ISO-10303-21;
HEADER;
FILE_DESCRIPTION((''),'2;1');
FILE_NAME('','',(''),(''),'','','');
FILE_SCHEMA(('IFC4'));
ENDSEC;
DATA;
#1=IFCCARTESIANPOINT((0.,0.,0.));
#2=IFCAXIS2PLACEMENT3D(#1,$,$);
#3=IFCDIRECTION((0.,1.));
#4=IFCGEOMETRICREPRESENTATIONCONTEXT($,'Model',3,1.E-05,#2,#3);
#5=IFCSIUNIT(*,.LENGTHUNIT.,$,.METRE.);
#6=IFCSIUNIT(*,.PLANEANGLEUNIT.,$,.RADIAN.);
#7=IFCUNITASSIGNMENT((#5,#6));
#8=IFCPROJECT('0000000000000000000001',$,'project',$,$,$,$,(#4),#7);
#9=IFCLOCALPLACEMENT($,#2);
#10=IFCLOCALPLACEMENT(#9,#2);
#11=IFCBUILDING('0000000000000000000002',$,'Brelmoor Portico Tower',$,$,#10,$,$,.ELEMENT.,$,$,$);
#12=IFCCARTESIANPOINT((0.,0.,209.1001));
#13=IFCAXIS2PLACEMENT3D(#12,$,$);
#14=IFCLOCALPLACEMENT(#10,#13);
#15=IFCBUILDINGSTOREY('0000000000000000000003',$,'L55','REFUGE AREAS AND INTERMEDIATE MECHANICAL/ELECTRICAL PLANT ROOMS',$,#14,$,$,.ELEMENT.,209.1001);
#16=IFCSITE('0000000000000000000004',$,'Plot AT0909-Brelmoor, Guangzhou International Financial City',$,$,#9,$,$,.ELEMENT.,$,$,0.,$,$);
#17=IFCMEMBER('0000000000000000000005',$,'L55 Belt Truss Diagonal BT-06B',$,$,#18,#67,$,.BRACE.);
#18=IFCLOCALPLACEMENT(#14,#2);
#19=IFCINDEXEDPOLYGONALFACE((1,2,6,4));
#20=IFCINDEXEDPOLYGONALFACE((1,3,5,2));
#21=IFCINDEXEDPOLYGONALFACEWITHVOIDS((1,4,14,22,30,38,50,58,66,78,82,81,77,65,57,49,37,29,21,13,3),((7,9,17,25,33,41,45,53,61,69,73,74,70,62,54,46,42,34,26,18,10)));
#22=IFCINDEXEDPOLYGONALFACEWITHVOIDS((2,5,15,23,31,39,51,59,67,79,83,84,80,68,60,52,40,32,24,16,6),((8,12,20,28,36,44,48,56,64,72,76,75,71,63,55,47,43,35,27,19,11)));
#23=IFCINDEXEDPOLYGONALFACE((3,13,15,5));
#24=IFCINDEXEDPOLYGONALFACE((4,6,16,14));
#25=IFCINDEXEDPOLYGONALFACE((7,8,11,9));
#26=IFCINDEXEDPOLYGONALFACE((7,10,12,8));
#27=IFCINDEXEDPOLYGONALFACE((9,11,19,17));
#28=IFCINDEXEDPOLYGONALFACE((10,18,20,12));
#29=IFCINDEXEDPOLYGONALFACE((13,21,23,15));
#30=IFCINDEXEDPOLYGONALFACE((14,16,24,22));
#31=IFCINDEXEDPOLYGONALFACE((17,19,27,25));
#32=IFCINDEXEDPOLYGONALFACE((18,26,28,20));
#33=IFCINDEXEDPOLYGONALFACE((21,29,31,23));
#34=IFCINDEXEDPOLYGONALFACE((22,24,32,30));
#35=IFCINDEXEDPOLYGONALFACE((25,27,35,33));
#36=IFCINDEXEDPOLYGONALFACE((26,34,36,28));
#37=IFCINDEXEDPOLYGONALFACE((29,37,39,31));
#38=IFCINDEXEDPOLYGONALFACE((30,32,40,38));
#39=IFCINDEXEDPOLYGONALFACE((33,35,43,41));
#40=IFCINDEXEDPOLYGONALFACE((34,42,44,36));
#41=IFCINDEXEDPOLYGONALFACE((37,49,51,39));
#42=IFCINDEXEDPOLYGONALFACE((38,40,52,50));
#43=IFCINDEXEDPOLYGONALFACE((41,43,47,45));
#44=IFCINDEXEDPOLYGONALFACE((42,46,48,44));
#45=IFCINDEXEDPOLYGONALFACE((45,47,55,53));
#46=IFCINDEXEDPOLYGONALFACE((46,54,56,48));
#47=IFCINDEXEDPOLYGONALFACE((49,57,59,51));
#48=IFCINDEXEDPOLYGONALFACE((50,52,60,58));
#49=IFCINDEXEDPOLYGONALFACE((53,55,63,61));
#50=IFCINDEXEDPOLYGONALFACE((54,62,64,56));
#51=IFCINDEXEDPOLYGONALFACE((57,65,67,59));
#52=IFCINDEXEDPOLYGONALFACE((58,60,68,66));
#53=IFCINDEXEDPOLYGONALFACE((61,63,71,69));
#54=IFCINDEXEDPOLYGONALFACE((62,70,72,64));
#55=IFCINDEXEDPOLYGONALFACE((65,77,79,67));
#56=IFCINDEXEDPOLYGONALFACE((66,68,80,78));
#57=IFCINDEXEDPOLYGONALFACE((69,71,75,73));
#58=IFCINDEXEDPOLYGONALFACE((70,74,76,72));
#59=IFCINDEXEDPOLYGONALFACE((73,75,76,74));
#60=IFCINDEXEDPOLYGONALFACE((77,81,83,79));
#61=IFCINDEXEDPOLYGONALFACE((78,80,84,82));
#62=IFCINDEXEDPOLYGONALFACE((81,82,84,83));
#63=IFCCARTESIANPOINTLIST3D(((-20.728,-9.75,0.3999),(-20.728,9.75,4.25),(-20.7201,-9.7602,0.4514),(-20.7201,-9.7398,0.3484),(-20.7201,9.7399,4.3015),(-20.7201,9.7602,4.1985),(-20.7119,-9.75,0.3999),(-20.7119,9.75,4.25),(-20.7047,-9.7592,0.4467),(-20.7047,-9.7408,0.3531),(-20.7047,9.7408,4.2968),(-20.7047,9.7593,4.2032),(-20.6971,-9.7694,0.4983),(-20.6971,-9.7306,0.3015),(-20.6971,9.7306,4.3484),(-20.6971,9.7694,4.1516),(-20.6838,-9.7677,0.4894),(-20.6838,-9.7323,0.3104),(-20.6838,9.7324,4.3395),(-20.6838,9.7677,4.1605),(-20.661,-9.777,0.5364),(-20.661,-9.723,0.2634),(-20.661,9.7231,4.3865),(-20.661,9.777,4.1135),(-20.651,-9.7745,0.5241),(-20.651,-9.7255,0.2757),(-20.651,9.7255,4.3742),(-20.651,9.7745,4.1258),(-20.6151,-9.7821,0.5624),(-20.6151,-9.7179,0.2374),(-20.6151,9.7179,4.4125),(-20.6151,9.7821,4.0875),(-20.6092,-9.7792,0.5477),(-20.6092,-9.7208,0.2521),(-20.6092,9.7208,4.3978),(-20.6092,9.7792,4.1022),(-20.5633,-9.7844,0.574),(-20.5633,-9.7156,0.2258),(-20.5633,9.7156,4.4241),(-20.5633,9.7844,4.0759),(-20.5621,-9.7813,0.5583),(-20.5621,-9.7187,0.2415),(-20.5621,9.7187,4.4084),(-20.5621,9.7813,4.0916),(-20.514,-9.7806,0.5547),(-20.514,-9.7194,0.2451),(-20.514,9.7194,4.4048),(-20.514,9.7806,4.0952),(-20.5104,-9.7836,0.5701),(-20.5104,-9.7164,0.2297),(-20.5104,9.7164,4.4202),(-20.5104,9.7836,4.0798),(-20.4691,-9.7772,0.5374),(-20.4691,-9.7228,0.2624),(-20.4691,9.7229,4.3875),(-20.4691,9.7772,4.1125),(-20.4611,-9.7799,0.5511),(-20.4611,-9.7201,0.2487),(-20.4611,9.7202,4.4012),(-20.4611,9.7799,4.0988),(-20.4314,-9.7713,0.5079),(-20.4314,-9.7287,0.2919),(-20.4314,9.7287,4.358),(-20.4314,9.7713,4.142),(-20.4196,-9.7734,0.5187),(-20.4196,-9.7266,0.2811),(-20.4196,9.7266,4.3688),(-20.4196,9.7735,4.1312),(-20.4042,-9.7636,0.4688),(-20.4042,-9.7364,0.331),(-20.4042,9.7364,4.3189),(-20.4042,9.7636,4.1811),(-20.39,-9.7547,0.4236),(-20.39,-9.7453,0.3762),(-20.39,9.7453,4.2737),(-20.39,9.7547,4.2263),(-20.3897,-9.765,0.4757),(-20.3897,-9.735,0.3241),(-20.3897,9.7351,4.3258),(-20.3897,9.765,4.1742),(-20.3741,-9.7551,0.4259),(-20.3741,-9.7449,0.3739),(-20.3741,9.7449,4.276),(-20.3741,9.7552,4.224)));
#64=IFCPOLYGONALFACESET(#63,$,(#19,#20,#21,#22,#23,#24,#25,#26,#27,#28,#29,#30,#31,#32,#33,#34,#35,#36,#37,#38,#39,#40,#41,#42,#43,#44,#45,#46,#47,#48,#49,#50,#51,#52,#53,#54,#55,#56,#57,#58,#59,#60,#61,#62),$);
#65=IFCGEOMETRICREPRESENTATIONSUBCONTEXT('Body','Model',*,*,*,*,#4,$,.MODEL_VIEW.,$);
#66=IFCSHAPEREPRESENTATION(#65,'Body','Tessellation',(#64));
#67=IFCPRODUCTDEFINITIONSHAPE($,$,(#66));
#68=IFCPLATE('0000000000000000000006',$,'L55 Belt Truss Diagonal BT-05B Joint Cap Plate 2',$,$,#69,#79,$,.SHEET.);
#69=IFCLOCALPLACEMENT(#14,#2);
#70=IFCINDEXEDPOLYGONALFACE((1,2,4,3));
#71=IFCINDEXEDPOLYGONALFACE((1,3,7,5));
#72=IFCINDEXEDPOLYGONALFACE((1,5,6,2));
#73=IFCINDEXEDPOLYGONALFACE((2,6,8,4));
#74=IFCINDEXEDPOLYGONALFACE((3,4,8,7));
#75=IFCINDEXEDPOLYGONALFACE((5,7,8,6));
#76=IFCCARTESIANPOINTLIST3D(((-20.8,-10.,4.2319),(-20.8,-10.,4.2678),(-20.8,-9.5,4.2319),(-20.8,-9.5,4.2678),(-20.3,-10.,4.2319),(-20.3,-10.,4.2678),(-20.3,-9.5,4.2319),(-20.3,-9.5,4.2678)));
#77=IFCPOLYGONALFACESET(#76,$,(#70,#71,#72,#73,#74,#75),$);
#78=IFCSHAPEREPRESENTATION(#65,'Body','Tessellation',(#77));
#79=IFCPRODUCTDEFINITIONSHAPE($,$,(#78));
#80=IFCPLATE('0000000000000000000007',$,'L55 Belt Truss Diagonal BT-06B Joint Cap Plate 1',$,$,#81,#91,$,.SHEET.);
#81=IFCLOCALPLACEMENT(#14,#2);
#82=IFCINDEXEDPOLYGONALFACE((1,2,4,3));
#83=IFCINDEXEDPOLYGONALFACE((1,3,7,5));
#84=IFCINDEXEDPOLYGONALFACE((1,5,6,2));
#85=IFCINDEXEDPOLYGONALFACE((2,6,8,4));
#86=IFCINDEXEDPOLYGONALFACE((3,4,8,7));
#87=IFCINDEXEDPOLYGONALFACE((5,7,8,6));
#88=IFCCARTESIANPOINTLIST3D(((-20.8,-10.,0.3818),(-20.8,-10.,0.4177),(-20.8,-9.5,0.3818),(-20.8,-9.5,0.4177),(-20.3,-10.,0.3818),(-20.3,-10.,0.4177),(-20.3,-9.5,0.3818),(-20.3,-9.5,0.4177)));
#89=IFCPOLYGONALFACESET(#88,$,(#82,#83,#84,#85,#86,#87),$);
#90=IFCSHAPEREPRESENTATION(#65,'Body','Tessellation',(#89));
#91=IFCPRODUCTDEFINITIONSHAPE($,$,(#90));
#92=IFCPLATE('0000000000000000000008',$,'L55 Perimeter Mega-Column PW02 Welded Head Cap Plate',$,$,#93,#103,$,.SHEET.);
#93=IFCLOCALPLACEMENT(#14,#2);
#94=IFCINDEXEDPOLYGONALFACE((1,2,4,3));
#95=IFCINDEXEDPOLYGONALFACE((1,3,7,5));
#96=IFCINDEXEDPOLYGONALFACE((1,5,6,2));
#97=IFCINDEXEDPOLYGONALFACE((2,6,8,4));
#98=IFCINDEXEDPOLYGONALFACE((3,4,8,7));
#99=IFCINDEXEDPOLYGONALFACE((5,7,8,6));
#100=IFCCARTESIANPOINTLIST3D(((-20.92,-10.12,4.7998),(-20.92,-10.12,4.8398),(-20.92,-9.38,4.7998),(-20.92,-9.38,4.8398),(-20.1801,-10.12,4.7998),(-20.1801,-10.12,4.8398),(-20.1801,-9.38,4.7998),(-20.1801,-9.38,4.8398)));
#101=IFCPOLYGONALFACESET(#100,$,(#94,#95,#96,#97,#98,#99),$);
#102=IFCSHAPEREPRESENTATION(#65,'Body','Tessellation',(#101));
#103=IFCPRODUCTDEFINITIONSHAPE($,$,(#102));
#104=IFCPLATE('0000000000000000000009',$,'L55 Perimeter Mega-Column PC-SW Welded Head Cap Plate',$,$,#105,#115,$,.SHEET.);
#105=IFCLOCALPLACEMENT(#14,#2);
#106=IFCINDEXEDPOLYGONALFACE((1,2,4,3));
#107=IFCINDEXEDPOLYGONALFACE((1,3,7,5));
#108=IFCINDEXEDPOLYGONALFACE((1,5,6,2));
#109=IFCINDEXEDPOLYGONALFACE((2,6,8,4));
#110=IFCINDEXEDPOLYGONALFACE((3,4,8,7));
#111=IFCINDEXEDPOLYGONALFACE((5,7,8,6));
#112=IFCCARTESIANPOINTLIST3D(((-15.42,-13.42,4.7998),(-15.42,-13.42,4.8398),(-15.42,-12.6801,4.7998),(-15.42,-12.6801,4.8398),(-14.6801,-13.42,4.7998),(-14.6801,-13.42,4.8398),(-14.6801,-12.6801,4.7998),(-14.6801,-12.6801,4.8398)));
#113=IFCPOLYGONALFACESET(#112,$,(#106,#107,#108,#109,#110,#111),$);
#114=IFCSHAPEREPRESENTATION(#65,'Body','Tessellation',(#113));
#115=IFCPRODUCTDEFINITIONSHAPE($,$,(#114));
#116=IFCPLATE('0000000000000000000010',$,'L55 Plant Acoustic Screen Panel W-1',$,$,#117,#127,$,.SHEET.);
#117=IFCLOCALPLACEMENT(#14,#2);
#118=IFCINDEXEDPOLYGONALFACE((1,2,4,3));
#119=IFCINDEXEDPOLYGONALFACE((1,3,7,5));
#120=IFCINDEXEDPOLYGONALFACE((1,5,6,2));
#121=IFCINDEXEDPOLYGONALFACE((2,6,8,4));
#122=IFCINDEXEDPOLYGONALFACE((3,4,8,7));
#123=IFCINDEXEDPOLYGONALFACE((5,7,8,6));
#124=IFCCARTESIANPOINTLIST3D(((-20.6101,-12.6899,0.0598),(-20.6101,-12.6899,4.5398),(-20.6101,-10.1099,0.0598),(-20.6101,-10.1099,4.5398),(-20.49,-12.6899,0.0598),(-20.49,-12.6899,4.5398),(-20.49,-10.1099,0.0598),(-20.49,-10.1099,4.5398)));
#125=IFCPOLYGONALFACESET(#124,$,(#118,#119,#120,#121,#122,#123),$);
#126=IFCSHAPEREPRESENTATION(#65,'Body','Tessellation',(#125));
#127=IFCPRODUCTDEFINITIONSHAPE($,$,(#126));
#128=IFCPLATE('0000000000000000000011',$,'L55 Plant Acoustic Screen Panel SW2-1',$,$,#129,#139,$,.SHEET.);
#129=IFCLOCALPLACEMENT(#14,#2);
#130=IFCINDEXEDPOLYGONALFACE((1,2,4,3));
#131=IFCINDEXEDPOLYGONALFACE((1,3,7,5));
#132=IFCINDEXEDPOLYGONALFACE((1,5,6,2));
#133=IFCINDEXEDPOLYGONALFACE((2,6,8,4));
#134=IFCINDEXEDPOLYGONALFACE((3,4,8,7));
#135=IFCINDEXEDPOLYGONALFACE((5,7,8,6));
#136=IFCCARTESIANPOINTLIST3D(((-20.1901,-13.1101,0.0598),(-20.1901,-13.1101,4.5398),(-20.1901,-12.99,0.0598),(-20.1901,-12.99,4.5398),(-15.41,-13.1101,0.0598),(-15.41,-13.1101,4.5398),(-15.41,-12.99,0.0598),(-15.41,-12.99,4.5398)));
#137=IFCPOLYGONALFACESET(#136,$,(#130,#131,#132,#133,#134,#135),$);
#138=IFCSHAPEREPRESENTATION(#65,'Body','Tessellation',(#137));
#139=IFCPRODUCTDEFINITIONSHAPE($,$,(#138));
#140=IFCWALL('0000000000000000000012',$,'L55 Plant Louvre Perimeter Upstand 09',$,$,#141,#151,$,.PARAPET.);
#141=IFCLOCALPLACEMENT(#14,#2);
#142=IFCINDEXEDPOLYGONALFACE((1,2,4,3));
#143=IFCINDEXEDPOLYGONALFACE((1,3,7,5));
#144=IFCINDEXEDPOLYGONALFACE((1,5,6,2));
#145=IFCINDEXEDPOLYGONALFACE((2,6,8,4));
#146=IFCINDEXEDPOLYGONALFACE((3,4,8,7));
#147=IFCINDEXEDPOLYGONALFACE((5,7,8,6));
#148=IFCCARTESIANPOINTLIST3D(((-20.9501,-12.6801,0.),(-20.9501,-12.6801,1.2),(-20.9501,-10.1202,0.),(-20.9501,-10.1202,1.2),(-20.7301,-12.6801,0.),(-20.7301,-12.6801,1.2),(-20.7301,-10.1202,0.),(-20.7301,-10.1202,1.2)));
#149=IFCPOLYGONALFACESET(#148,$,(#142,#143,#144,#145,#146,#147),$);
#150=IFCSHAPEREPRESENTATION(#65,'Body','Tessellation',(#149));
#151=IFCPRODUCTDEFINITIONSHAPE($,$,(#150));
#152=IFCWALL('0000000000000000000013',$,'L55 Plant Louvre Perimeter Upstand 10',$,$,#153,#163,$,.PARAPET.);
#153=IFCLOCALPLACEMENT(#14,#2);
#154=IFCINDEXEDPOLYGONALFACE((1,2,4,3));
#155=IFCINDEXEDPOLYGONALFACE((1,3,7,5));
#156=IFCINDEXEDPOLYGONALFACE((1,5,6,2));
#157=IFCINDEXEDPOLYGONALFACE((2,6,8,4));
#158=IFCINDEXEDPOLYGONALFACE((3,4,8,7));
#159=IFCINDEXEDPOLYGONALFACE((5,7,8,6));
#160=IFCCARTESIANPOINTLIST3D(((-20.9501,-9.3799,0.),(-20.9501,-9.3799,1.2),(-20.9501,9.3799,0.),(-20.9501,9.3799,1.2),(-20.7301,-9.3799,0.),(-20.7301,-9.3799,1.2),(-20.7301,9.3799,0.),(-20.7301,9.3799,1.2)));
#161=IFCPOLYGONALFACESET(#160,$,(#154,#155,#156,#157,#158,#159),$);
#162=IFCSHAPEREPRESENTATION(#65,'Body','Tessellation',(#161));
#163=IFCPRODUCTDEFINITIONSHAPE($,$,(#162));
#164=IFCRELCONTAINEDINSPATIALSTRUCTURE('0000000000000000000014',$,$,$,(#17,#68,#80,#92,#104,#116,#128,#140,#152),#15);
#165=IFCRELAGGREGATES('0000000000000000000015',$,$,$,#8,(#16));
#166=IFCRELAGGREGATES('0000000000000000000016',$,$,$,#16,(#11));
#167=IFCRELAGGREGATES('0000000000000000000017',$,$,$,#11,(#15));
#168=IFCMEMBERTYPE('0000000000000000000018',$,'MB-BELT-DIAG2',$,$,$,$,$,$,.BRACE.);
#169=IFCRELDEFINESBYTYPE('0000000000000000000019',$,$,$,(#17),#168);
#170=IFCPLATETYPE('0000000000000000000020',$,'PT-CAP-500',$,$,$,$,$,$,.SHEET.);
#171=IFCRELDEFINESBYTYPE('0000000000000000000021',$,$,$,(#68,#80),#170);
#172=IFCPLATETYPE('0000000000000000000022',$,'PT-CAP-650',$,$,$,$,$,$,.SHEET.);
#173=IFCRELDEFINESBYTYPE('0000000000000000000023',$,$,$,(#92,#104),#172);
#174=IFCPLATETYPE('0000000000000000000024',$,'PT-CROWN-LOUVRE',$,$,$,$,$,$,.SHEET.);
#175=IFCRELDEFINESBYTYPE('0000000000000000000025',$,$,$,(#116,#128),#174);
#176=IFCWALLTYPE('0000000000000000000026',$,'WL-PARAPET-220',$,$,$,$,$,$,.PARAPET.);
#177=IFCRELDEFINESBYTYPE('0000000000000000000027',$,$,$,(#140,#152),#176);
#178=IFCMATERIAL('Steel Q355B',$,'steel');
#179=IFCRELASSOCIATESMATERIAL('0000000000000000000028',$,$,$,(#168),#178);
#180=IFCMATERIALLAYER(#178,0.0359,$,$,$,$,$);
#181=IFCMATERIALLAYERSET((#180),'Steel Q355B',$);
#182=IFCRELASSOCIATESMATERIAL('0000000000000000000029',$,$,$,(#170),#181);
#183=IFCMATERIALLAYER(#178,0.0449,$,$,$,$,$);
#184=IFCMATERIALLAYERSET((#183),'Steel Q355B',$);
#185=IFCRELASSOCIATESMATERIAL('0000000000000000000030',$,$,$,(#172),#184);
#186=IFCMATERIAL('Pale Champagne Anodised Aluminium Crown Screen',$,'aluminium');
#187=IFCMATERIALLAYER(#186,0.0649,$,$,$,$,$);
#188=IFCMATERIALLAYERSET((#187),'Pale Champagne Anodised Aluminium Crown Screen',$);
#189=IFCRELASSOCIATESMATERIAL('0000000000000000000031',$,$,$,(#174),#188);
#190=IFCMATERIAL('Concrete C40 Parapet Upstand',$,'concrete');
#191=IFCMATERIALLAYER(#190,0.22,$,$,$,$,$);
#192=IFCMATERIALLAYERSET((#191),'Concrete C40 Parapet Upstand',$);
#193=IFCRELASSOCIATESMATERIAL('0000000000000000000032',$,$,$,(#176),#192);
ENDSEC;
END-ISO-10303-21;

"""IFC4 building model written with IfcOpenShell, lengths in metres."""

from ifc_helpers import new_model, si_unit, direction, frame, frame_2d, origin, origin_2d, place, context, subcontext, project, spatial, rectangle, hollow_circle, extrude, material, layer, layer_set, material_profile, profile_set, type_object, element, save


model = new_model("IFC4")

# Units and contexts
model_context = context("Model", 3, precision=1e-05, world=origin(), true_north=direction((0.0, 1.0)))
body_context = subcontext(model_context, "Body", "Model", "MODEL_VIEW")
ifc_project = project(units=[si_unit("LENGTHUNIT", "METRE"), si_unit("PLANEANGLEUNIT", "RADIAN")], contexts=[model_context])

# Site, building, storey
site_placement = place(None, origin())
site = spatial("IfcSite", under=ifc_project, at=site_placement, Name="Plot AT0909-Brelmoor, Guangzhou International Financial City", CompositionType="ELEMENT", RefElevation=0.0)
building_placement = place(site_placement, origin())
building = spatial("IfcBuilding", under=site, at=building_placement, Name="Brelmoor Portico Tower", CompositionType="ELEMENT")
storey_placement = place(building_placement, frame((0.0, 0.0, 209.1001)))
storey = spatial("IfcBuildingStorey", under=building, at=storey_placement, Name="L55", Description="REFUGE AREAS AND INTERMEDIATE MECHANICAL/ELECTRICAL PLANT ROOMS", CompositionType="ELEMENT", Elevation=209.1001)

# Shared definitions
ifc_material_1 = material(Name="Steel Q355B", Category="steel")

# Member
ifc_material_profile_1 = material_profile(ifc_material_1, hollow_circle(Radius=0.178, WallThickness=0.0161, at=origin_2d()), Name="CHS 356x16")
ifc_profile_set_1 = profile_set([ifc_material_profile_1], Name="Steel Q355B")
member_type = type_object("IfcMemberType", Name="MB-BELT-DIAG2", PredefinedType="BRACE", material=ifc_profile_set_1)
member_placement = place(storey_placement, frame((-20.55, -9.75, 0.3999), z_axis=(0.0, 0.981061, 0.193701), x_axis=(-1.0, 0.0, 0.0)))
element("IfcMember", 1, at=member_placement, inside=storey, type_object=member_type, Name="L55 Belt Truss Diagonal BT-06B", PredefinedType="BRACE", context=body_context, shape_type="SweptSolid", body=[
    extrude(hollow_circle(Radius=0.178, WallThickness=0.0161, at=origin_2d()), origin(), (0.0, 0.0, 1.0), 19.8765),
])

# Plates
ifc_layer_1 = layer(ifc_material_1, 0.0359)
ifc_layer_set_1 = layer_set([ifc_layer_1], Name="Steel Q355B")
plate_type_1 = type_object("IfcPlateType", Name="PT-CAP-500", PredefinedType="SHEET", material=ifc_layer_set_1)
for number, where, z_axis, x_axis, name in (
    (2, (-20.55, -9.75, 4.2319), (0.0, 0.0, 1.0), (1.0, 0.0, 0.0), "L55 Belt Truss Diagonal BT-05B Joint Cap Plate 2"),
    (3, (-20.55, -9.75, 0.3818), (0.0, 0.0, 1.0), (1.0, 0.0, 0.0), "L55 Belt Truss Diagonal BT-06B Joint Cap Plate 1"),
):
    element("IfcPlate", number, at=place(storey_placement, frame(where, z_axis=z_axis, x_axis=x_axis)), inside=storey, type_object=plate_type_1, Name=name, PredefinedType="SHEET", context=body_context, shape_type="SweptSolid", body=[
        extrude(rectangle(XDim=0.5, YDim=0.5, at=origin_2d()), origin(), (0.0, 0.0, 1.0), 0.0359),
    ])
ifc_layer_2 = layer(ifc_material_1, 0.0449)
ifc_layer_set_2 = layer_set([ifc_layer_2], Name="Steel Q355B")
plate_type_2 = type_object("IfcPlateType", Name="PT-CAP-650", PredefinedType="SHEET", material=ifc_layer_set_2)
for number, where, z_axis, x_axis, name in (
    (4, (-20.55, -9.75, 4.7998), (0.0, 0.0, 1.0), (0.0, 1.0, 0.0), "L55 Perimeter Mega-Column PW02 Welded Head Cap Plate"),
    (5, (-15.05, -13.05, 4.7998), (0.0, 0.0, 1.0), (1.0, 0.0, 0.0), "L55 Perimeter Mega-Column PC-SW Welded Head Cap Plate"),
):
    element("IfcPlate", number, at=place(storey_placement, frame(where, z_axis=z_axis, x_axis=x_axis)), inside=storey, type_object=plate_type_2, Name=name, PredefinedType="SHEET", context=body_context, shape_type="SweptSolid", body=[
        extrude(rectangle(XDim=0.74, YDim=0.74, at=origin_2d()), origin(), (0.0, 0.0, 1.0), 0.04),
    ])
ifc_material_2 = material(Name="Pale Champagne Anodised Aluminium Crown Screen", Category="aluminium")
ifc_layer_3 = layer(ifc_material_2, 0.0649)
ifc_layer_set_3 = layer_set([ifc_layer_3], Name="Pale Champagne Anodised Aluminium Crown Screen")
plate_type_3 = type_object("IfcPlateType", Name="PT-CROWN-LOUVRE", PredefinedType="SHEET", material=ifc_layer_set_3)
plate_1_placement = place(storey_placement, frame((-20.55, -11.3999, 0.0598), z_axis=(0.0, 0.0, 1.0), x_axis=(0.0, 1.0, 0.0)))
element("IfcPlate", 6, at=plate_1_placement, inside=storey, type_object=plate_type_3, Name="L55 Plant Acoustic Screen Panel W-1", PredefinedType="SHEET", context=body_context, shape_type="SweptSolid", body=[
    extrude(rectangle(XDim=2.5801, YDim=0.1201, at=origin_2d()), origin(), (0.0, 0.0, 1.0), 4.48),
])
plate_2_placement = place(storey_placement, frame((-17.8, -13.05, 0.0598), z_axis=(0.0, 0.0, 1.0), x_axis=(1.0, 0.0, 0.0)))
element("IfcPlate", 7, at=plate_2_placement, inside=storey, type_object=plate_type_3, Name="L55 Plant Acoustic Screen Panel SW2-1", PredefinedType="SHEET", context=body_context, shape_type="SweptSolid", body=[
    extrude(rectangle(XDim=4.78, YDim=0.1201, at=origin_2d()), origin(), (0.0, 0.0, 1.0), 4.48),
])

# Walls
ifc_material_3 = material(Name="Concrete C40 Parapet Upstand", Category="concrete")
ifc_layer_4 = layer(ifc_material_3, 0.22)
ifc_layer_set_4 = layer_set([ifc_layer_4], Name="Concrete C40 Parapet Upstand")
wall_type_1 = type_object("IfcWallType", Name="WL-PARAPET-220", PredefinedType="PARAPET", material=ifc_layer_set_4)
wall_1_placement = place(storey_placement, frame((-20.8401, -12.6799, 0.0), z_axis=(0.0, 0.0, 1.0), x_axis=(0.0, 1.0, 0.0)))
element("IfcWall", 8, at=wall_1_placement, inside=storey, type_object=wall_type_1, Name="L55 Plant Louvre Perimeter Upstand 09", PredefinedType="PARAPET", context=body_context, shape_type="SweptSolid", body=[
    extrude(rectangle(XDim=2.5598, YDim=0.22, at=frame_2d((1.2798, 0.0))), origin(), (0.0, 0.0, 1.0), 1.2),
])
wall_2_placement = place(storey_placement, frame((-20.8401, -9.3799, 0.0), z_axis=(0.0, 0.0, 1.0), x_axis=(0.0, 1.0, 0.0)))
element("IfcWall", 9, at=wall_2_placement, inside=storey, type_object=wall_type_1, Name="L55 Plant Louvre Perimeter Upstand 10", PredefinedType="PARAPET", context=body_context, shape_type="SweptSolid", body=[
    extrude(rectangle(XDim=18.7598, YDim=0.22, at=frame_2d((9.3799, 0.0))), origin(), (0.0, 0.0, 1.0), 1.2),
])

save(model, "model.ifc")
